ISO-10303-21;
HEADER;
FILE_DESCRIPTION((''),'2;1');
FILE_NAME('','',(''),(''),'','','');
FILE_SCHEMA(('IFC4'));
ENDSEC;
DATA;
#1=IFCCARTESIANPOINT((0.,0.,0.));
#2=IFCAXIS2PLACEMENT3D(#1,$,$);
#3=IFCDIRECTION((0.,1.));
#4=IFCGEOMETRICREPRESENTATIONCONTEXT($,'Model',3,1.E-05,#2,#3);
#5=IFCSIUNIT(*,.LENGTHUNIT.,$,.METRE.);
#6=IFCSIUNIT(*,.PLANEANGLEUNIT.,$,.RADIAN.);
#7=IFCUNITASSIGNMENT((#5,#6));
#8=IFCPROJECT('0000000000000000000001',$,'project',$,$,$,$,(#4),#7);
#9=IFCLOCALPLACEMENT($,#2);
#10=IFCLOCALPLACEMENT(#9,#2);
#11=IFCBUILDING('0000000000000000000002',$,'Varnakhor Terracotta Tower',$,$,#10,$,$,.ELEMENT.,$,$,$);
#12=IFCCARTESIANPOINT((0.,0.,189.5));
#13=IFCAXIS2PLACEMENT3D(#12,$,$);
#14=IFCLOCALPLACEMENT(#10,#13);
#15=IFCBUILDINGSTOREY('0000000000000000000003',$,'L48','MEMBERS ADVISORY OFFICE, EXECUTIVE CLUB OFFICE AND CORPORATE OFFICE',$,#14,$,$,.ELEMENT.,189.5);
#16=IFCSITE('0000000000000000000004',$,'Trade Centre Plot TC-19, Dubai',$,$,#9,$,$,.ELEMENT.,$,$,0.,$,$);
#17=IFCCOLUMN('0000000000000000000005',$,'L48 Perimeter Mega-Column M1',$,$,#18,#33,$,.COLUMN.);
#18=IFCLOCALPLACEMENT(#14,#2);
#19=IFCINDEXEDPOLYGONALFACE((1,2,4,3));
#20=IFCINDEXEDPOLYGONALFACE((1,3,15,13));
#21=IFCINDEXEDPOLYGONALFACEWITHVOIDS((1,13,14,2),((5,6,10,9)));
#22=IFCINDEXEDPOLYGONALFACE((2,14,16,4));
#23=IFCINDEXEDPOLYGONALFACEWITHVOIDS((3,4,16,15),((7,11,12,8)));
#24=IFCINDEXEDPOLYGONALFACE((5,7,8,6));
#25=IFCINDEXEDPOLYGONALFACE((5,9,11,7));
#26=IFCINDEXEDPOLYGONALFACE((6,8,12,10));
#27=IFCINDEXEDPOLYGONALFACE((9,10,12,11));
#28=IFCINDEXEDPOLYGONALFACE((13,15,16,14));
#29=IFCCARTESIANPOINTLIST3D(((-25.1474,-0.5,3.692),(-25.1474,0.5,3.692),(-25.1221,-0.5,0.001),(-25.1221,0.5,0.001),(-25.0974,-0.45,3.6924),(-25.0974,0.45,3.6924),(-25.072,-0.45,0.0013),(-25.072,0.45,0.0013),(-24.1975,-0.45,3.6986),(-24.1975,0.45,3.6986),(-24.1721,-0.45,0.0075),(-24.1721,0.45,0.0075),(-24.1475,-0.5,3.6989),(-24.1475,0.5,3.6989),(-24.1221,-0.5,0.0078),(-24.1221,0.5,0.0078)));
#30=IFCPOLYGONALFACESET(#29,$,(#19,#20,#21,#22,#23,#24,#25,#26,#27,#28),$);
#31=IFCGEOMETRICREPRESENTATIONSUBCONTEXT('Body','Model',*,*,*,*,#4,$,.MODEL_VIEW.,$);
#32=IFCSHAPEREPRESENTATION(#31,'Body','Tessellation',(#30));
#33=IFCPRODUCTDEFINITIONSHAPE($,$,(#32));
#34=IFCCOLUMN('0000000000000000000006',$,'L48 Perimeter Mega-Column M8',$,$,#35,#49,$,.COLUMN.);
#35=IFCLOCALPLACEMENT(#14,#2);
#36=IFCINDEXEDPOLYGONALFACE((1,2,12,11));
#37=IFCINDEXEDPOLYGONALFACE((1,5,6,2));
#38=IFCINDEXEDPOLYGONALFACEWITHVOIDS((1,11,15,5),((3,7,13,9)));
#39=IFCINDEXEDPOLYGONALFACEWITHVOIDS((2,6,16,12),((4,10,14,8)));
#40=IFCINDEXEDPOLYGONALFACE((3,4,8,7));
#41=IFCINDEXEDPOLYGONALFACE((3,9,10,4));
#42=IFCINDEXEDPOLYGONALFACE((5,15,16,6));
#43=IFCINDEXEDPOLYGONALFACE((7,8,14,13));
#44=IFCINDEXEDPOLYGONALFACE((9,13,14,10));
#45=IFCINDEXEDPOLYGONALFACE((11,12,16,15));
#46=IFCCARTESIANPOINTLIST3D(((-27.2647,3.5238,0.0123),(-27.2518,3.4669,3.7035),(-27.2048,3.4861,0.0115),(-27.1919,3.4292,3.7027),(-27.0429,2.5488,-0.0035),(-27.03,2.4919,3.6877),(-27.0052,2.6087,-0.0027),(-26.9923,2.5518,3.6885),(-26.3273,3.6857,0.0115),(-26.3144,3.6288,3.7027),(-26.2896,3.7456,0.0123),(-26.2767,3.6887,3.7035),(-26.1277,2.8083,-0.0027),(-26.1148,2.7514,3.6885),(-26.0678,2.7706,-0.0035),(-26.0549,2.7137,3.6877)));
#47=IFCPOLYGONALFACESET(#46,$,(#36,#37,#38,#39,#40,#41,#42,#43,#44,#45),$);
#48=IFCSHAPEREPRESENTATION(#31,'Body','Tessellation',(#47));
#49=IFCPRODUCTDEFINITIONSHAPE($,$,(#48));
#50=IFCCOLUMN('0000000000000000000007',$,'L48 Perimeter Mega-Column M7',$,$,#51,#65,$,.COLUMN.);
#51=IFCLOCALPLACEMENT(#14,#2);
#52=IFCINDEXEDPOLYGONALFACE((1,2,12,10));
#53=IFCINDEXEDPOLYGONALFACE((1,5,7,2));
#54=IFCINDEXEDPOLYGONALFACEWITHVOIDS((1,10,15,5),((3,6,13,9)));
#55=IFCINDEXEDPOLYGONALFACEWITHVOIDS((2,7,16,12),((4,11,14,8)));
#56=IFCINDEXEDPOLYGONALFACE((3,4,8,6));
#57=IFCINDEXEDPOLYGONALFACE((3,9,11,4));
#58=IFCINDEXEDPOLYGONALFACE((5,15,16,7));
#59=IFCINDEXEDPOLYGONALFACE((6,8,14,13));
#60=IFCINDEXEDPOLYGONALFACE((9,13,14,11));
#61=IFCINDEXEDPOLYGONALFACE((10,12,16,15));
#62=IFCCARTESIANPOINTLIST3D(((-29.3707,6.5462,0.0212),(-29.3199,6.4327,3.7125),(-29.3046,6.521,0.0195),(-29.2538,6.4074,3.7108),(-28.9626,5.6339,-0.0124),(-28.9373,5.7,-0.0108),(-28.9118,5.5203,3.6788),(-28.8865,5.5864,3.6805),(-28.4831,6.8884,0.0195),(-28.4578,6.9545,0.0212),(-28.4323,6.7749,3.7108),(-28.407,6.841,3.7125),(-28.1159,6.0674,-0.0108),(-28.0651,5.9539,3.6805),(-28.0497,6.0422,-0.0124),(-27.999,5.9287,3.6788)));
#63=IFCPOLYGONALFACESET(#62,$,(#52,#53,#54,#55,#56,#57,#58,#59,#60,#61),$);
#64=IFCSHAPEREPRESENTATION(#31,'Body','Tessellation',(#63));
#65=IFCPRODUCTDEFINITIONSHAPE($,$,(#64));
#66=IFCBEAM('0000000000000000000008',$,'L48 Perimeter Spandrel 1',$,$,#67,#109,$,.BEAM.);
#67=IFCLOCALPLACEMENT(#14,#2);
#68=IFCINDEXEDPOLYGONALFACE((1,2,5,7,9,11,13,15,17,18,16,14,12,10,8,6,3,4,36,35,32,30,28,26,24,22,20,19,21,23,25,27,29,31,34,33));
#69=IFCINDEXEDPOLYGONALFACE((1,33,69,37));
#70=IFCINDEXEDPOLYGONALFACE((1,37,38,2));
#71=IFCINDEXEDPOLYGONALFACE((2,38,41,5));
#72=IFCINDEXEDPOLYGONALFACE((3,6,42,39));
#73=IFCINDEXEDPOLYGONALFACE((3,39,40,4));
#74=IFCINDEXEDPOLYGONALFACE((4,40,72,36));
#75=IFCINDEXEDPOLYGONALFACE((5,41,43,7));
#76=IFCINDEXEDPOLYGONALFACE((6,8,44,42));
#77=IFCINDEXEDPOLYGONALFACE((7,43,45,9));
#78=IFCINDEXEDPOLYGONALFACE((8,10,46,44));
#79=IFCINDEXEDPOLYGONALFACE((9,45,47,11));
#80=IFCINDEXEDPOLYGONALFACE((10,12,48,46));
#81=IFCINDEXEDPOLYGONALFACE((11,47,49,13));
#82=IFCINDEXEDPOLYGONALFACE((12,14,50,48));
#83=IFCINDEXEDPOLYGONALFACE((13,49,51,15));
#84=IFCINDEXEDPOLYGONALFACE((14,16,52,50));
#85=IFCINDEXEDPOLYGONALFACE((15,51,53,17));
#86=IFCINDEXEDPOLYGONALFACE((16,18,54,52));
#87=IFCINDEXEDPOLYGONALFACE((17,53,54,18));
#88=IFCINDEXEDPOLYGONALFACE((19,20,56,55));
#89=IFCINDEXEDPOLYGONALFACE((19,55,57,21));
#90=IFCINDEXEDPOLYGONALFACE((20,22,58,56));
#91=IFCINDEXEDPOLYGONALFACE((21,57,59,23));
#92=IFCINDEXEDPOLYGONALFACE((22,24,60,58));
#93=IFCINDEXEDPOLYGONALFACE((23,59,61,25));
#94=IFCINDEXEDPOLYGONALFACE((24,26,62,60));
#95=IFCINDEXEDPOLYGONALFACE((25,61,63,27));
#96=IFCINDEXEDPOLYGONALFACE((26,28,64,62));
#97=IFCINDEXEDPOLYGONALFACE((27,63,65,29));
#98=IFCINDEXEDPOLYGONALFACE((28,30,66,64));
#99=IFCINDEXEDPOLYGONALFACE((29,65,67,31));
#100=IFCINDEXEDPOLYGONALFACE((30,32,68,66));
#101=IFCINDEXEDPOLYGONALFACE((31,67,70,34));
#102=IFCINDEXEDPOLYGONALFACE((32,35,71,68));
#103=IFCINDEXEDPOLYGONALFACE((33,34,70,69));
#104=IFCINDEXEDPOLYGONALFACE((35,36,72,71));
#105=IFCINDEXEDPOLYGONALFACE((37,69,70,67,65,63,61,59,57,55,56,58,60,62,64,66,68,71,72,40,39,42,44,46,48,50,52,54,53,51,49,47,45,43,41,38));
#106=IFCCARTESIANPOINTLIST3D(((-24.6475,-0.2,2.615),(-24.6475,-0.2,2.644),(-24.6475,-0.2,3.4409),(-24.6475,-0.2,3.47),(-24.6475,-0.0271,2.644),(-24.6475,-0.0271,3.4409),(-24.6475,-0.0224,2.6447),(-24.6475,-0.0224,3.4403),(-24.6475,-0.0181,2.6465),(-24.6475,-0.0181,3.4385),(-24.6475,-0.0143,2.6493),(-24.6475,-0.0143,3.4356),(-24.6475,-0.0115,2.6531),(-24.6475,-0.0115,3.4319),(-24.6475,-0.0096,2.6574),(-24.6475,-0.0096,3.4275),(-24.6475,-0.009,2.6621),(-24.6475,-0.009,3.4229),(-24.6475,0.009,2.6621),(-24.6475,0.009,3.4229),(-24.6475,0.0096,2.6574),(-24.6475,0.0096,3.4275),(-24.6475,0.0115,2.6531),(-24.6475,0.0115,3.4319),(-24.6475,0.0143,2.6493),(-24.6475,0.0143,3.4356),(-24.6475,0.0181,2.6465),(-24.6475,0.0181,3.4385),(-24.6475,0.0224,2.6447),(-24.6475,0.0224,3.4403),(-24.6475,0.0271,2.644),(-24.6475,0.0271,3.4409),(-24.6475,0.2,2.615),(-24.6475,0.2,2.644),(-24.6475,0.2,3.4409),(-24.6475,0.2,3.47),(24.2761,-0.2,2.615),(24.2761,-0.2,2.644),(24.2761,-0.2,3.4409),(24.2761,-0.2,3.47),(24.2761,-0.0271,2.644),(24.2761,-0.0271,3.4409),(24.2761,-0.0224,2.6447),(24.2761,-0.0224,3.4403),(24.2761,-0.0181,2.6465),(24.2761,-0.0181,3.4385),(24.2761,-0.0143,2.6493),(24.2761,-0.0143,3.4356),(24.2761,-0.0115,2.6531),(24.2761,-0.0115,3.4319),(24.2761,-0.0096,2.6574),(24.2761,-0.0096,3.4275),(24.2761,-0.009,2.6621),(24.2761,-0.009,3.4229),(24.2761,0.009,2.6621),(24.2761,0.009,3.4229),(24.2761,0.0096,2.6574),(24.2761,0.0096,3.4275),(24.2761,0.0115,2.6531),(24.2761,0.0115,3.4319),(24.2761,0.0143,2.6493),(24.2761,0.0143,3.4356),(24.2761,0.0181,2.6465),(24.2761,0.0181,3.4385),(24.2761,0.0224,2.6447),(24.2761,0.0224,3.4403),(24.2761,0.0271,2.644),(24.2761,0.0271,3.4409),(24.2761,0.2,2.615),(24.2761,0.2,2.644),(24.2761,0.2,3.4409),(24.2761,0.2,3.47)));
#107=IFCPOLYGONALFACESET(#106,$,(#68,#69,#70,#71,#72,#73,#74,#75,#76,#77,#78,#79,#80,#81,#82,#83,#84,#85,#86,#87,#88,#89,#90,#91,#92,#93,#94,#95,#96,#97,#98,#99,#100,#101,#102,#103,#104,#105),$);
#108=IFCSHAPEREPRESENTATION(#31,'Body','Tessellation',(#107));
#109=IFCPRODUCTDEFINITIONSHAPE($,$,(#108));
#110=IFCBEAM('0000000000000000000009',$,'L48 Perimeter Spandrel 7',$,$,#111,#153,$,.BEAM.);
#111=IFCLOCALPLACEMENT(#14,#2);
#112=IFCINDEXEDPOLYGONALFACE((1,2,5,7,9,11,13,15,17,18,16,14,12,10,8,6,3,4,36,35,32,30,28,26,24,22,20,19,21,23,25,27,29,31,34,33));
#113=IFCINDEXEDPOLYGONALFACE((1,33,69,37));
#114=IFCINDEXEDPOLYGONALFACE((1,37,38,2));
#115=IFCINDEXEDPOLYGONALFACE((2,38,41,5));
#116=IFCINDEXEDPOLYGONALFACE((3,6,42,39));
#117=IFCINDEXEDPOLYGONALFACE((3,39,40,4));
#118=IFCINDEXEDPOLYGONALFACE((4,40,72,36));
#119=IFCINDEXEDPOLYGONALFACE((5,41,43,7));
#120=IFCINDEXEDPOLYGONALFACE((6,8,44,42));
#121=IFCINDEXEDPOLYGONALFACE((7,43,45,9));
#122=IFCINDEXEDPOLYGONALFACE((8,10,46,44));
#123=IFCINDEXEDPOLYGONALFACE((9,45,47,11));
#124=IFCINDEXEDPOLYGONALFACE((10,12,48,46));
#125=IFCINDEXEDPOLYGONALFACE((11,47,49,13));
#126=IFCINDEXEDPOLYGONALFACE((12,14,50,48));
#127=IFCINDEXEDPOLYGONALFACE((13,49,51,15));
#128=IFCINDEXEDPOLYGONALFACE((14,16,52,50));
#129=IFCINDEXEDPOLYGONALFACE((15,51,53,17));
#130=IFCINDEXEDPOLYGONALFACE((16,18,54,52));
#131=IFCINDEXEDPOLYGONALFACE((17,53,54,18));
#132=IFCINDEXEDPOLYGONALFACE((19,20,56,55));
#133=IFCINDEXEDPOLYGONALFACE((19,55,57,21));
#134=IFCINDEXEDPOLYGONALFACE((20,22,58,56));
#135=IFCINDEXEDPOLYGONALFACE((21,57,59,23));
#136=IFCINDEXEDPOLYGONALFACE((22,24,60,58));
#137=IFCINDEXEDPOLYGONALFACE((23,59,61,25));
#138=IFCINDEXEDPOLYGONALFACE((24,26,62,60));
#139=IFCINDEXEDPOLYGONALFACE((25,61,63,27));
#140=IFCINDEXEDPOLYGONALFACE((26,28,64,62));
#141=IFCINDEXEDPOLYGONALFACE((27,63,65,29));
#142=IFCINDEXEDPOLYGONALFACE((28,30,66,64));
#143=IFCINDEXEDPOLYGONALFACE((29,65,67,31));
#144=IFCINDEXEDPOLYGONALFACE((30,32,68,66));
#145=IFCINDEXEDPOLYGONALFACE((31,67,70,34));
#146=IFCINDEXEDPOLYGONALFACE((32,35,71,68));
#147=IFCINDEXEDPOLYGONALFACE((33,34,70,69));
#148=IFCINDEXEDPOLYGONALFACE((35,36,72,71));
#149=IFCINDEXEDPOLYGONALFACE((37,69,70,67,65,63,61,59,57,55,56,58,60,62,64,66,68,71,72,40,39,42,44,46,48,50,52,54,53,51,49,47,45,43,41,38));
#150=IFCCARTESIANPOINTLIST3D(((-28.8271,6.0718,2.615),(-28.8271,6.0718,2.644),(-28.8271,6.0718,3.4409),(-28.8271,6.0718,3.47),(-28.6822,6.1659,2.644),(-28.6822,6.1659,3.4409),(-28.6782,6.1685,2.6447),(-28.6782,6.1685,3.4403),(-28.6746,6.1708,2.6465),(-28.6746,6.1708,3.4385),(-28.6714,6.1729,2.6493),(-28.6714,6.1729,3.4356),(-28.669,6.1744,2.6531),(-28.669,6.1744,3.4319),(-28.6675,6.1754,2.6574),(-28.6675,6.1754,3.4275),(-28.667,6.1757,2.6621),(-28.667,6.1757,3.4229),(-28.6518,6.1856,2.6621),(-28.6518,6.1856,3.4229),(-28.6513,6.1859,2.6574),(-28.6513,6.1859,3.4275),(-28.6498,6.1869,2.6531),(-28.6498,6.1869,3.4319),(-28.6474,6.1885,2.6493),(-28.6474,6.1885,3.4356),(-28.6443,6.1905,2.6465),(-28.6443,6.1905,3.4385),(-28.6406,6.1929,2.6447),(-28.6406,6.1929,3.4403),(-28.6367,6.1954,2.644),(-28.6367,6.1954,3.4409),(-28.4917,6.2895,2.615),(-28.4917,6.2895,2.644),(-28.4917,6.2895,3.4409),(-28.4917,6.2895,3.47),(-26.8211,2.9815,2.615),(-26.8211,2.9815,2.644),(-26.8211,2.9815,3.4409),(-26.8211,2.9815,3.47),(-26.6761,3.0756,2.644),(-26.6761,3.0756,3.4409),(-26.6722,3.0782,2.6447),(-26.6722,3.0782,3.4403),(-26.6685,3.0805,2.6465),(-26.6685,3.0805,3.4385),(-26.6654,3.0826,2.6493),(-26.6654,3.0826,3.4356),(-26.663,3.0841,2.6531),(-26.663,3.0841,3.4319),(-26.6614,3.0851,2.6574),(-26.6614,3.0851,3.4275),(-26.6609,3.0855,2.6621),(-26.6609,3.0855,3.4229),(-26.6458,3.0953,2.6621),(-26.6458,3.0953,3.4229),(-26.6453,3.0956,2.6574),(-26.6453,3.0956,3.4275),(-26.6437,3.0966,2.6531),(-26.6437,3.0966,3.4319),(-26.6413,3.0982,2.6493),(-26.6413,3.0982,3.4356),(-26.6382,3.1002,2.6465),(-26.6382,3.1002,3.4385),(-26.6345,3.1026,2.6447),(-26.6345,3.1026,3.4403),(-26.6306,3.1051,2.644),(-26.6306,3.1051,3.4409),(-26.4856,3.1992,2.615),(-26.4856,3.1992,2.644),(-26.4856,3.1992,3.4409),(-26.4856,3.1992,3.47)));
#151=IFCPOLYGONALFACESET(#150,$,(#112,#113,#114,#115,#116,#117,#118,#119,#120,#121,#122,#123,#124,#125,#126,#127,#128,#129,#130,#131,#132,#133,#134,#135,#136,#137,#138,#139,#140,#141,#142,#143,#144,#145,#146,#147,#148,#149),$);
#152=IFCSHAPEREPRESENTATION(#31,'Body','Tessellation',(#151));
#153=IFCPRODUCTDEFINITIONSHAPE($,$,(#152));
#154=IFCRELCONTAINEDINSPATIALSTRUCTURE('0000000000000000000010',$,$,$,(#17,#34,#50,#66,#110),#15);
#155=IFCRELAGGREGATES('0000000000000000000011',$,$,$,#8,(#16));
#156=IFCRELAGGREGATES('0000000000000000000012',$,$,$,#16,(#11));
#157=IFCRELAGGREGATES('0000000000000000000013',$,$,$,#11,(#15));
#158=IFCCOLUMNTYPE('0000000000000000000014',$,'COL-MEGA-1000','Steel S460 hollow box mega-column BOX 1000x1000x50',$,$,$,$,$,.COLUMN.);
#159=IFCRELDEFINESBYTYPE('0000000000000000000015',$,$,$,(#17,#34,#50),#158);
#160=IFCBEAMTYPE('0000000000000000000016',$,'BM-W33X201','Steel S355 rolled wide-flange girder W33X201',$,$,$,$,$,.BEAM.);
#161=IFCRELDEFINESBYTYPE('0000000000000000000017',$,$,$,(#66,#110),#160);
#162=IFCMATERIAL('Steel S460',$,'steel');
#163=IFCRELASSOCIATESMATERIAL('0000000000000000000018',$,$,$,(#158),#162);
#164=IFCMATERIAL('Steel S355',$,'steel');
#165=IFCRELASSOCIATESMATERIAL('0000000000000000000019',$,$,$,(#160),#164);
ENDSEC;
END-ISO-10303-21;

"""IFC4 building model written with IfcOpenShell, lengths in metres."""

from ifc_helpers import new_model, si_unit, direction, frame, origin, origin_2d, place, context, subcontext, project, spatial, hollow_rectangle, i_section, extrude, source, transform, mapped, material, material_profile, profile_set, type_object, element, save


model = new_model("IFC4")

# Units and contexts
model_context = context("Model", 3, precision=1e-05, world=origin(), true_north=direction((0.0, 1.0)))
body_context = subcontext(model_context, "Body", "Model", "MODEL_VIEW")
ifc_project = project(units=[si_unit("LENGTHUNIT", "METRE"), si_unit("PLANEANGLEUNIT", "RADIAN")], contexts=[model_context])

# Site, building, storey
site_placement = place(None, origin())
site = spatial("IfcSite", under=ifc_project, at=site_placement, Name="Trade Centre Plot TC-19, Dubai", CompositionType="ELEMENT", RefElevation=0.0)
building_placement = place(site_placement, origin())
building = spatial("IfcBuilding", under=site, at=building_placement, Name="Varnakhor Terracotta Tower", CompositionType="ELEMENT")
storey_placement = place(building_placement, frame((0.0, 0.0, 189.5)))
storey = spatial("IfcBuildingStorey", under=building, at=storey_placement, Name="L48", Description="MEMBERS ADVISORY OFFICE, EXECUTIVE CLUB OFFICE AND CORPORATE OFFICE", CompositionType="ELEMENT", Elevation=189.5)

# Columns
ifc_material_1 = material(Name="Steel S460", Category="steel")
ifc_material_profile_1 = material_profile(ifc_material_1, hollow_rectangle(XDim=1.0, YDim=1.0, WallThickness=0.05, at=origin_2d()), Name="BOX 1000x1000x50")
ifc_profile_set_1 = profile_set([ifc_material_profile_1], Name="Steel S460")
column_type = type_object("IfcColumnType", Name="COL-MEGA-1000", Description="Steel S460 hollow box mega-column BOX 1000x1000x50", PredefinedType="COLUMN", material=ifc_profile_set_1)
shared_shape_1 = source(origin(), body_context, "Body", "SweptSolid", [
    extrude(hollow_rectangle(XDim=1.0, YDim=1.0, WallThickness=0.05, at=origin_2d()), origin(), (0.0, 0.0, 1.0), 3.6912),
])
column_1_placement = place(storey_placement, frame((-24.6221, 0.0, 0.0044), z_axis=(-0.006879, 0.0, 0.999976), x_axis=(0.0, -1.0, 0.0)))
element("IfcColumn", 1, at=column_1_placement, inside=storey, type_object=column_type, Name="L48 Perimeter Mega-Column M1", PredefinedType="COLUMN", context=body_context, shape_type="MappedRepresentation", body=[
    mapped(shared_shape_1, transform((0.0, 0.0, 0.0), scale=1.0)),
])
shared_shape_2 = source(origin(), body_context, "Body", "SweptSolid", [
    extrude(hollow_rectangle(XDim=1.0, YDim=1.0, WallThickness=0.05, at=origin_2d()), origin(), (0.0, 0.0, 1.0), 3.6917),
])
column_2_placement = place(storey_placement, frame((-26.6663, 3.1472, 0.0044), z_axis=(0.003505, -0.015409, 0.999875), x_axis=(0.975092, 0.221802, 0.0)))
element("IfcColumn", 2, at=column_2_placement, inside=storey, type_object=column_type, Name="L48 Perimeter Mega-Column M8", PredefinedType="COLUMN", context=body_context, shape_type="MappedRepresentation", body=[
    mapped(shared_shape_2, transform((0.0, 0.0, 0.0), scale=1.0)),
])
shared_shape_3 = source(origin(), body_context, "Body", "SweptSolid", [
    extrude(hollow_rectangle(XDim=1.0, YDim=1.0, WallThickness=0.05, at=origin_2d()), origin(), (0.0, 0.0, 1.0), 3.6934),
])
column_3_placement = place(storey_placement, frame((-28.7102, 6.2942, 0.0044), z_axis=(0.01375, -0.030739, 0.999433), x_axis=(0.912838, 0.408323, 0.0)))
element("IfcColumn", 3, at=column_3_placement, inside=storey, type_object=column_type, Name="L48 Perimeter Mega-Column M7", PredefinedType="COLUMN", context=body_context, shape_type="MappedRepresentation", body=[
    mapped(shared_shape_3, transform((0.0, 0.0, 0.0), scale=1.0)),
])

# Beams
ifc_material_2 = material(Name="Steel S355", Category="steel")
ifc_material_profile_2 = material_profile(ifc_material_2, i_section(OverallWidth=0.3999, OverallDepth=0.855, WebThickness=0.0181, FlangeThickness=0.0291, FilletRadius=0.0181, at=origin_2d()), Name="W33X201")
ifc_profile_set_2 = profile_set([ifc_material_profile_2], Name="Steel S355")
beam_type_1 = type_object("IfcBeamType", Name="BM-W33X201", Description="Steel S355 rolled wide-flange girder W33X201", PredefinedType="BEAM", material=ifc_profile_set_2)
shared_shape_4 = source(origin(), body_context, "Body", "SweptSolid", [
    extrude(i_section(OverallWidth=0.3999, OverallDepth=0.855, WebThickness=0.0181, FlangeThickness=0.0291, FilletRadius=0.0181, at=origin_2d()), origin(), (0.0, 0.0, 1.0), 48.9236),
])
beam_1_placement = place(storey_placement, frame((-24.6475, 0.0, 3.0425), z_axis=(1.0, 0.0, 0.0), x_axis=(0.0, 1.0, 0.0)))
element("IfcBeam", 4, at=beam_1_placement, inside=storey, type_object=beam_type_1, Name="L48 Perimeter Spandrel 1", PredefinedType="BEAM", context=body_context, shape_type="MappedRepresentation", body=[
    mapped(shared_shape_4, transform((0.0, 0.0, 0.0), scale=1.0)),
])
shared_shape_5 = source(origin(), body_context, "Body", "SweptSolid", [
    extrude(i_section(OverallWidth=0.3999, OverallDepth=0.855, WebThickness=0.0181, FlangeThickness=0.0291, FilletRadius=0.0181, at=origin_2d()), origin(), (0.0, 0.0, 1.0), 3.6843),
])
for number, where, z_axis, x_axis, name in (
    (5, (-28.6594, 6.1807, 3.0425), (0.54449, -0.838767, 0.0), (0.838767, 0.54449, 0.0), "L48 Perimeter Spandrel 7"),
):
    element("IfcBeam", number, at=place(storey_placement, frame(where, z_axis=z_axis, x_axis=x_axis)), inside=storey, type_object=beam_type_1, Name=name, PredefinedType="BEAM", context=body_context, shape_type="MappedRepresentation", body=[
        mapped(shared_shape_5, transform((0.0, 0.0, 0.0), scale=1.0)),
    ])

save(model, "model.ifc")
